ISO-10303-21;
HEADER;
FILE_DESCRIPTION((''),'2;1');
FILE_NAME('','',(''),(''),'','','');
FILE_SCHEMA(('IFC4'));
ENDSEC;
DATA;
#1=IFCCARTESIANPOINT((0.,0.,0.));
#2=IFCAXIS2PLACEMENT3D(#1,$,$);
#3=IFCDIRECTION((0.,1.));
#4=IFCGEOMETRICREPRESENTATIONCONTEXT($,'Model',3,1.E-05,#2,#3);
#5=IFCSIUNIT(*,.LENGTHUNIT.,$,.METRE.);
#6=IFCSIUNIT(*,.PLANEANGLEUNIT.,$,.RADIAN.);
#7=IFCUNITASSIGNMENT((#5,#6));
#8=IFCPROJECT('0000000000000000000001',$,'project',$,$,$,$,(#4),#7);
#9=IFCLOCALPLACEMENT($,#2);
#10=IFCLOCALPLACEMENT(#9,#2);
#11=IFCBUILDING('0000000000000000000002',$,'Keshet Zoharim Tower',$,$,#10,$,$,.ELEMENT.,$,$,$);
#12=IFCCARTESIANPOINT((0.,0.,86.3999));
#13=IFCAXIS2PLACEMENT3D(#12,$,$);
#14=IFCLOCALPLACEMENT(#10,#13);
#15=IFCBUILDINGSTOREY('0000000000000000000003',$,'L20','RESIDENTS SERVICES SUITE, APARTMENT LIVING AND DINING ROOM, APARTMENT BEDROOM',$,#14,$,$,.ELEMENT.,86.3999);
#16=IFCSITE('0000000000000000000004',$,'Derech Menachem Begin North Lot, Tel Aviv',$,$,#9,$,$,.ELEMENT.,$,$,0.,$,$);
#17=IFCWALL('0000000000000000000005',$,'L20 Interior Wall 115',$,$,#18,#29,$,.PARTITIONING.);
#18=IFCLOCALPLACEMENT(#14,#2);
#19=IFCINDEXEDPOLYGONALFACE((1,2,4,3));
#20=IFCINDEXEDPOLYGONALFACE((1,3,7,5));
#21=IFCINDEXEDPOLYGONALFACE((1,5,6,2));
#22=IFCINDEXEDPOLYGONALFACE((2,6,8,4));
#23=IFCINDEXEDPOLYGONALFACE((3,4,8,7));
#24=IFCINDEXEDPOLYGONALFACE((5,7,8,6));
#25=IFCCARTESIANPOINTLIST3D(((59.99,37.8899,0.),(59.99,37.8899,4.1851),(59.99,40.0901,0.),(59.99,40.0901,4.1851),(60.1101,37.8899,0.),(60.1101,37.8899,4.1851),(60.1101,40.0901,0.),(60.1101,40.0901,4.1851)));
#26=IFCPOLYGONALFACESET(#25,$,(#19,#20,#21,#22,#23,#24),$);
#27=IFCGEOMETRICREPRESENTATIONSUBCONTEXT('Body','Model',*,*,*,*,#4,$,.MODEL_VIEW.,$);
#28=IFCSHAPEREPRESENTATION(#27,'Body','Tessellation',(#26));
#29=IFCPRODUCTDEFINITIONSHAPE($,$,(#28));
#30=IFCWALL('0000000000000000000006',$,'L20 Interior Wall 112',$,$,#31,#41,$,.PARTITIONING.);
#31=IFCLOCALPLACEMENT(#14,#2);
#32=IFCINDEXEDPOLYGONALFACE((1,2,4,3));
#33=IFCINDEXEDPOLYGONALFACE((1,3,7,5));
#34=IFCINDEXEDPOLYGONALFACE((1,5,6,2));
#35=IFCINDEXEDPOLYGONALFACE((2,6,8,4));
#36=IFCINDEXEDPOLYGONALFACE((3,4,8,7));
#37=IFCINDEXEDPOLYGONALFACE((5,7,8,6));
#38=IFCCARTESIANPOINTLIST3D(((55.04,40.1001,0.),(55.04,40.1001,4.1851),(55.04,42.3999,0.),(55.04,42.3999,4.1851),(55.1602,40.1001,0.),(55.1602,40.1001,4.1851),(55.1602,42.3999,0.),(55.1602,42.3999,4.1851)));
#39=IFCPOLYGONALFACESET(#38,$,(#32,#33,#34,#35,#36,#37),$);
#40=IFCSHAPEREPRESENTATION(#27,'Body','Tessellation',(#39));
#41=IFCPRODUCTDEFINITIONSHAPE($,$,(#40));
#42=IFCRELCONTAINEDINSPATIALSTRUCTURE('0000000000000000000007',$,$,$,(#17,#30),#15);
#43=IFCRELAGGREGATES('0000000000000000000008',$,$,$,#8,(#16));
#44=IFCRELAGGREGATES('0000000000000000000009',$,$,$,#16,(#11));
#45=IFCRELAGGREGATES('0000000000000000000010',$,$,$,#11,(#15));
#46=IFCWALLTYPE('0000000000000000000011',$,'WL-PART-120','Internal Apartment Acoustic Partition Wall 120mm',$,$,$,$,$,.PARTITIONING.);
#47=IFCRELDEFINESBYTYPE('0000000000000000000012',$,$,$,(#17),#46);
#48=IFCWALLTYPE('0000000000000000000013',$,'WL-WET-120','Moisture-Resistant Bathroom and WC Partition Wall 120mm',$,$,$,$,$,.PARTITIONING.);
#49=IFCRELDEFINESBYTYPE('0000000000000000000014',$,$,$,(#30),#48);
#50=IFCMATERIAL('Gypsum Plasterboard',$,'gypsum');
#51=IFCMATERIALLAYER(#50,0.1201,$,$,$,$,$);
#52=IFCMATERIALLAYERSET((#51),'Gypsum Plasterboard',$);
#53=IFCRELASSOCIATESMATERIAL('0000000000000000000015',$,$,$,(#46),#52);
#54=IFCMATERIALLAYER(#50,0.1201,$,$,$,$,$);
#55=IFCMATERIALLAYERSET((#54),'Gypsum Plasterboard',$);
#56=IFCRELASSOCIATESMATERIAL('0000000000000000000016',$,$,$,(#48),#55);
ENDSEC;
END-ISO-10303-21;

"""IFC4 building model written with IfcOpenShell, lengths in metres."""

from ifc_helpers import new_model, si_unit, direction, frame, frame_2d, origin, place, context, subcontext, project, spatial, rectangle, extrude, material, layer, layer_set, type_object, element, save


model = new_model("IFC4")

# Units and contexts
model_context = context("Model", 3, precision=1e-05, world=origin(), true_north=direction((0.0, 1.0)))
body_context = subcontext(model_context, "Body", "Model", "MODEL_VIEW")
ifc_project = project(units=[si_unit("LENGTHUNIT", "METRE"), si_unit("PLANEANGLEUNIT", "RADIAN")], contexts=[model_context])

# Site, building, storey
site_placement = place(None, origin())
site = spatial("IfcSite", under=ifc_project, at=site_placement, Name="Derech Menachem Begin North Lot, Tel Aviv", CompositionType="ELEMENT", RefElevation=0.0)
building_placement = place(site_placement, origin())
building = spatial("IfcBuilding", under=site, at=building_placement, Name="Keshet Zoharim Tower", CompositionType="ELEMENT")
storey_placement = place(building_placement, frame((0.0, 0.0, 86.3999)))
storey = spatial("IfcBuildingStorey", under=building, at=storey_placement, Name="L20", Description="RESIDENTS SERVICES SUITE, APARTMENT LIVING AND DINING ROOM, APARTMENT BEDROOM", CompositionType="ELEMENT", Elevation=86.3999)

# Shared definitions
ifc_material_1 = material(Name="Gypsum Plasterboard", Category="gypsum")

# Walls
ifc_layer_1 = layer(ifc_material_1, 0.1201)
ifc_layer_set_1 = layer_set([ifc_layer_1], Name="Gypsum Plasterboard")
wall_type_1 = type_object("IfcWallType", Name="WL-PART-120", Description="Internal Apartment Acoustic Partition Wall 120mm", PredefinedType="PARTITIONING", material=ifc_layer_set_1)
wall_1_placement = place(storey_placement, frame((60.05, 37.8899, 0.0), z_axis=(0.0, 0.0, 1.0), x_axis=(0.0, 1.0, 0.0)))
element("IfcWall", 1, at=wall_1_placement, inside=storey, type_object=wall_type_1, Name="L20 Interior Wall 115", PredefinedType="PARTITIONING", context=body_context, shape_type="SweptSolid", body=[
    extrude(rectangle(XDim=2.2002, YDim=0.1201, at=frame_2d((1.1001, 0.0))), origin(), (0.0, 0.0, 1.0), 4.1851),
])
ifc_layer_2 = layer(ifc_material_1, 0.1201)
ifc_layer_set_2 = layer_set([ifc_layer_2], Name="Gypsum Plasterboard")
wall_type_2 = type_object("IfcWallType", Name="WL-WET-120", Description="Moisture-Resistant Bathroom and WC Partition Wall 120mm", PredefinedType="PARTITIONING", material=ifc_layer_set_2)
wall_2_placement = place(storey_placement, frame((55.1001, 40.1001, 0.0), z_axis=(0.0, 0.0, 1.0), x_axis=(0.0, 1.0, 0.0)))
element("IfcWall", 2, at=wall_2_placement, inside=storey, type_object=wall_type_2, Name="L20 Interior Wall 112", PredefinedType="PARTITIONING", context=body_context, shape_type="SweptSolid", body=[
    extrude(rectangle(XDim=2.2998, YDim=0.1201, at=frame_2d((1.1499, 0.0))), origin(), (0.0, 0.0, 1.0), 4.1851),
])

save(model, "model.ifc")
